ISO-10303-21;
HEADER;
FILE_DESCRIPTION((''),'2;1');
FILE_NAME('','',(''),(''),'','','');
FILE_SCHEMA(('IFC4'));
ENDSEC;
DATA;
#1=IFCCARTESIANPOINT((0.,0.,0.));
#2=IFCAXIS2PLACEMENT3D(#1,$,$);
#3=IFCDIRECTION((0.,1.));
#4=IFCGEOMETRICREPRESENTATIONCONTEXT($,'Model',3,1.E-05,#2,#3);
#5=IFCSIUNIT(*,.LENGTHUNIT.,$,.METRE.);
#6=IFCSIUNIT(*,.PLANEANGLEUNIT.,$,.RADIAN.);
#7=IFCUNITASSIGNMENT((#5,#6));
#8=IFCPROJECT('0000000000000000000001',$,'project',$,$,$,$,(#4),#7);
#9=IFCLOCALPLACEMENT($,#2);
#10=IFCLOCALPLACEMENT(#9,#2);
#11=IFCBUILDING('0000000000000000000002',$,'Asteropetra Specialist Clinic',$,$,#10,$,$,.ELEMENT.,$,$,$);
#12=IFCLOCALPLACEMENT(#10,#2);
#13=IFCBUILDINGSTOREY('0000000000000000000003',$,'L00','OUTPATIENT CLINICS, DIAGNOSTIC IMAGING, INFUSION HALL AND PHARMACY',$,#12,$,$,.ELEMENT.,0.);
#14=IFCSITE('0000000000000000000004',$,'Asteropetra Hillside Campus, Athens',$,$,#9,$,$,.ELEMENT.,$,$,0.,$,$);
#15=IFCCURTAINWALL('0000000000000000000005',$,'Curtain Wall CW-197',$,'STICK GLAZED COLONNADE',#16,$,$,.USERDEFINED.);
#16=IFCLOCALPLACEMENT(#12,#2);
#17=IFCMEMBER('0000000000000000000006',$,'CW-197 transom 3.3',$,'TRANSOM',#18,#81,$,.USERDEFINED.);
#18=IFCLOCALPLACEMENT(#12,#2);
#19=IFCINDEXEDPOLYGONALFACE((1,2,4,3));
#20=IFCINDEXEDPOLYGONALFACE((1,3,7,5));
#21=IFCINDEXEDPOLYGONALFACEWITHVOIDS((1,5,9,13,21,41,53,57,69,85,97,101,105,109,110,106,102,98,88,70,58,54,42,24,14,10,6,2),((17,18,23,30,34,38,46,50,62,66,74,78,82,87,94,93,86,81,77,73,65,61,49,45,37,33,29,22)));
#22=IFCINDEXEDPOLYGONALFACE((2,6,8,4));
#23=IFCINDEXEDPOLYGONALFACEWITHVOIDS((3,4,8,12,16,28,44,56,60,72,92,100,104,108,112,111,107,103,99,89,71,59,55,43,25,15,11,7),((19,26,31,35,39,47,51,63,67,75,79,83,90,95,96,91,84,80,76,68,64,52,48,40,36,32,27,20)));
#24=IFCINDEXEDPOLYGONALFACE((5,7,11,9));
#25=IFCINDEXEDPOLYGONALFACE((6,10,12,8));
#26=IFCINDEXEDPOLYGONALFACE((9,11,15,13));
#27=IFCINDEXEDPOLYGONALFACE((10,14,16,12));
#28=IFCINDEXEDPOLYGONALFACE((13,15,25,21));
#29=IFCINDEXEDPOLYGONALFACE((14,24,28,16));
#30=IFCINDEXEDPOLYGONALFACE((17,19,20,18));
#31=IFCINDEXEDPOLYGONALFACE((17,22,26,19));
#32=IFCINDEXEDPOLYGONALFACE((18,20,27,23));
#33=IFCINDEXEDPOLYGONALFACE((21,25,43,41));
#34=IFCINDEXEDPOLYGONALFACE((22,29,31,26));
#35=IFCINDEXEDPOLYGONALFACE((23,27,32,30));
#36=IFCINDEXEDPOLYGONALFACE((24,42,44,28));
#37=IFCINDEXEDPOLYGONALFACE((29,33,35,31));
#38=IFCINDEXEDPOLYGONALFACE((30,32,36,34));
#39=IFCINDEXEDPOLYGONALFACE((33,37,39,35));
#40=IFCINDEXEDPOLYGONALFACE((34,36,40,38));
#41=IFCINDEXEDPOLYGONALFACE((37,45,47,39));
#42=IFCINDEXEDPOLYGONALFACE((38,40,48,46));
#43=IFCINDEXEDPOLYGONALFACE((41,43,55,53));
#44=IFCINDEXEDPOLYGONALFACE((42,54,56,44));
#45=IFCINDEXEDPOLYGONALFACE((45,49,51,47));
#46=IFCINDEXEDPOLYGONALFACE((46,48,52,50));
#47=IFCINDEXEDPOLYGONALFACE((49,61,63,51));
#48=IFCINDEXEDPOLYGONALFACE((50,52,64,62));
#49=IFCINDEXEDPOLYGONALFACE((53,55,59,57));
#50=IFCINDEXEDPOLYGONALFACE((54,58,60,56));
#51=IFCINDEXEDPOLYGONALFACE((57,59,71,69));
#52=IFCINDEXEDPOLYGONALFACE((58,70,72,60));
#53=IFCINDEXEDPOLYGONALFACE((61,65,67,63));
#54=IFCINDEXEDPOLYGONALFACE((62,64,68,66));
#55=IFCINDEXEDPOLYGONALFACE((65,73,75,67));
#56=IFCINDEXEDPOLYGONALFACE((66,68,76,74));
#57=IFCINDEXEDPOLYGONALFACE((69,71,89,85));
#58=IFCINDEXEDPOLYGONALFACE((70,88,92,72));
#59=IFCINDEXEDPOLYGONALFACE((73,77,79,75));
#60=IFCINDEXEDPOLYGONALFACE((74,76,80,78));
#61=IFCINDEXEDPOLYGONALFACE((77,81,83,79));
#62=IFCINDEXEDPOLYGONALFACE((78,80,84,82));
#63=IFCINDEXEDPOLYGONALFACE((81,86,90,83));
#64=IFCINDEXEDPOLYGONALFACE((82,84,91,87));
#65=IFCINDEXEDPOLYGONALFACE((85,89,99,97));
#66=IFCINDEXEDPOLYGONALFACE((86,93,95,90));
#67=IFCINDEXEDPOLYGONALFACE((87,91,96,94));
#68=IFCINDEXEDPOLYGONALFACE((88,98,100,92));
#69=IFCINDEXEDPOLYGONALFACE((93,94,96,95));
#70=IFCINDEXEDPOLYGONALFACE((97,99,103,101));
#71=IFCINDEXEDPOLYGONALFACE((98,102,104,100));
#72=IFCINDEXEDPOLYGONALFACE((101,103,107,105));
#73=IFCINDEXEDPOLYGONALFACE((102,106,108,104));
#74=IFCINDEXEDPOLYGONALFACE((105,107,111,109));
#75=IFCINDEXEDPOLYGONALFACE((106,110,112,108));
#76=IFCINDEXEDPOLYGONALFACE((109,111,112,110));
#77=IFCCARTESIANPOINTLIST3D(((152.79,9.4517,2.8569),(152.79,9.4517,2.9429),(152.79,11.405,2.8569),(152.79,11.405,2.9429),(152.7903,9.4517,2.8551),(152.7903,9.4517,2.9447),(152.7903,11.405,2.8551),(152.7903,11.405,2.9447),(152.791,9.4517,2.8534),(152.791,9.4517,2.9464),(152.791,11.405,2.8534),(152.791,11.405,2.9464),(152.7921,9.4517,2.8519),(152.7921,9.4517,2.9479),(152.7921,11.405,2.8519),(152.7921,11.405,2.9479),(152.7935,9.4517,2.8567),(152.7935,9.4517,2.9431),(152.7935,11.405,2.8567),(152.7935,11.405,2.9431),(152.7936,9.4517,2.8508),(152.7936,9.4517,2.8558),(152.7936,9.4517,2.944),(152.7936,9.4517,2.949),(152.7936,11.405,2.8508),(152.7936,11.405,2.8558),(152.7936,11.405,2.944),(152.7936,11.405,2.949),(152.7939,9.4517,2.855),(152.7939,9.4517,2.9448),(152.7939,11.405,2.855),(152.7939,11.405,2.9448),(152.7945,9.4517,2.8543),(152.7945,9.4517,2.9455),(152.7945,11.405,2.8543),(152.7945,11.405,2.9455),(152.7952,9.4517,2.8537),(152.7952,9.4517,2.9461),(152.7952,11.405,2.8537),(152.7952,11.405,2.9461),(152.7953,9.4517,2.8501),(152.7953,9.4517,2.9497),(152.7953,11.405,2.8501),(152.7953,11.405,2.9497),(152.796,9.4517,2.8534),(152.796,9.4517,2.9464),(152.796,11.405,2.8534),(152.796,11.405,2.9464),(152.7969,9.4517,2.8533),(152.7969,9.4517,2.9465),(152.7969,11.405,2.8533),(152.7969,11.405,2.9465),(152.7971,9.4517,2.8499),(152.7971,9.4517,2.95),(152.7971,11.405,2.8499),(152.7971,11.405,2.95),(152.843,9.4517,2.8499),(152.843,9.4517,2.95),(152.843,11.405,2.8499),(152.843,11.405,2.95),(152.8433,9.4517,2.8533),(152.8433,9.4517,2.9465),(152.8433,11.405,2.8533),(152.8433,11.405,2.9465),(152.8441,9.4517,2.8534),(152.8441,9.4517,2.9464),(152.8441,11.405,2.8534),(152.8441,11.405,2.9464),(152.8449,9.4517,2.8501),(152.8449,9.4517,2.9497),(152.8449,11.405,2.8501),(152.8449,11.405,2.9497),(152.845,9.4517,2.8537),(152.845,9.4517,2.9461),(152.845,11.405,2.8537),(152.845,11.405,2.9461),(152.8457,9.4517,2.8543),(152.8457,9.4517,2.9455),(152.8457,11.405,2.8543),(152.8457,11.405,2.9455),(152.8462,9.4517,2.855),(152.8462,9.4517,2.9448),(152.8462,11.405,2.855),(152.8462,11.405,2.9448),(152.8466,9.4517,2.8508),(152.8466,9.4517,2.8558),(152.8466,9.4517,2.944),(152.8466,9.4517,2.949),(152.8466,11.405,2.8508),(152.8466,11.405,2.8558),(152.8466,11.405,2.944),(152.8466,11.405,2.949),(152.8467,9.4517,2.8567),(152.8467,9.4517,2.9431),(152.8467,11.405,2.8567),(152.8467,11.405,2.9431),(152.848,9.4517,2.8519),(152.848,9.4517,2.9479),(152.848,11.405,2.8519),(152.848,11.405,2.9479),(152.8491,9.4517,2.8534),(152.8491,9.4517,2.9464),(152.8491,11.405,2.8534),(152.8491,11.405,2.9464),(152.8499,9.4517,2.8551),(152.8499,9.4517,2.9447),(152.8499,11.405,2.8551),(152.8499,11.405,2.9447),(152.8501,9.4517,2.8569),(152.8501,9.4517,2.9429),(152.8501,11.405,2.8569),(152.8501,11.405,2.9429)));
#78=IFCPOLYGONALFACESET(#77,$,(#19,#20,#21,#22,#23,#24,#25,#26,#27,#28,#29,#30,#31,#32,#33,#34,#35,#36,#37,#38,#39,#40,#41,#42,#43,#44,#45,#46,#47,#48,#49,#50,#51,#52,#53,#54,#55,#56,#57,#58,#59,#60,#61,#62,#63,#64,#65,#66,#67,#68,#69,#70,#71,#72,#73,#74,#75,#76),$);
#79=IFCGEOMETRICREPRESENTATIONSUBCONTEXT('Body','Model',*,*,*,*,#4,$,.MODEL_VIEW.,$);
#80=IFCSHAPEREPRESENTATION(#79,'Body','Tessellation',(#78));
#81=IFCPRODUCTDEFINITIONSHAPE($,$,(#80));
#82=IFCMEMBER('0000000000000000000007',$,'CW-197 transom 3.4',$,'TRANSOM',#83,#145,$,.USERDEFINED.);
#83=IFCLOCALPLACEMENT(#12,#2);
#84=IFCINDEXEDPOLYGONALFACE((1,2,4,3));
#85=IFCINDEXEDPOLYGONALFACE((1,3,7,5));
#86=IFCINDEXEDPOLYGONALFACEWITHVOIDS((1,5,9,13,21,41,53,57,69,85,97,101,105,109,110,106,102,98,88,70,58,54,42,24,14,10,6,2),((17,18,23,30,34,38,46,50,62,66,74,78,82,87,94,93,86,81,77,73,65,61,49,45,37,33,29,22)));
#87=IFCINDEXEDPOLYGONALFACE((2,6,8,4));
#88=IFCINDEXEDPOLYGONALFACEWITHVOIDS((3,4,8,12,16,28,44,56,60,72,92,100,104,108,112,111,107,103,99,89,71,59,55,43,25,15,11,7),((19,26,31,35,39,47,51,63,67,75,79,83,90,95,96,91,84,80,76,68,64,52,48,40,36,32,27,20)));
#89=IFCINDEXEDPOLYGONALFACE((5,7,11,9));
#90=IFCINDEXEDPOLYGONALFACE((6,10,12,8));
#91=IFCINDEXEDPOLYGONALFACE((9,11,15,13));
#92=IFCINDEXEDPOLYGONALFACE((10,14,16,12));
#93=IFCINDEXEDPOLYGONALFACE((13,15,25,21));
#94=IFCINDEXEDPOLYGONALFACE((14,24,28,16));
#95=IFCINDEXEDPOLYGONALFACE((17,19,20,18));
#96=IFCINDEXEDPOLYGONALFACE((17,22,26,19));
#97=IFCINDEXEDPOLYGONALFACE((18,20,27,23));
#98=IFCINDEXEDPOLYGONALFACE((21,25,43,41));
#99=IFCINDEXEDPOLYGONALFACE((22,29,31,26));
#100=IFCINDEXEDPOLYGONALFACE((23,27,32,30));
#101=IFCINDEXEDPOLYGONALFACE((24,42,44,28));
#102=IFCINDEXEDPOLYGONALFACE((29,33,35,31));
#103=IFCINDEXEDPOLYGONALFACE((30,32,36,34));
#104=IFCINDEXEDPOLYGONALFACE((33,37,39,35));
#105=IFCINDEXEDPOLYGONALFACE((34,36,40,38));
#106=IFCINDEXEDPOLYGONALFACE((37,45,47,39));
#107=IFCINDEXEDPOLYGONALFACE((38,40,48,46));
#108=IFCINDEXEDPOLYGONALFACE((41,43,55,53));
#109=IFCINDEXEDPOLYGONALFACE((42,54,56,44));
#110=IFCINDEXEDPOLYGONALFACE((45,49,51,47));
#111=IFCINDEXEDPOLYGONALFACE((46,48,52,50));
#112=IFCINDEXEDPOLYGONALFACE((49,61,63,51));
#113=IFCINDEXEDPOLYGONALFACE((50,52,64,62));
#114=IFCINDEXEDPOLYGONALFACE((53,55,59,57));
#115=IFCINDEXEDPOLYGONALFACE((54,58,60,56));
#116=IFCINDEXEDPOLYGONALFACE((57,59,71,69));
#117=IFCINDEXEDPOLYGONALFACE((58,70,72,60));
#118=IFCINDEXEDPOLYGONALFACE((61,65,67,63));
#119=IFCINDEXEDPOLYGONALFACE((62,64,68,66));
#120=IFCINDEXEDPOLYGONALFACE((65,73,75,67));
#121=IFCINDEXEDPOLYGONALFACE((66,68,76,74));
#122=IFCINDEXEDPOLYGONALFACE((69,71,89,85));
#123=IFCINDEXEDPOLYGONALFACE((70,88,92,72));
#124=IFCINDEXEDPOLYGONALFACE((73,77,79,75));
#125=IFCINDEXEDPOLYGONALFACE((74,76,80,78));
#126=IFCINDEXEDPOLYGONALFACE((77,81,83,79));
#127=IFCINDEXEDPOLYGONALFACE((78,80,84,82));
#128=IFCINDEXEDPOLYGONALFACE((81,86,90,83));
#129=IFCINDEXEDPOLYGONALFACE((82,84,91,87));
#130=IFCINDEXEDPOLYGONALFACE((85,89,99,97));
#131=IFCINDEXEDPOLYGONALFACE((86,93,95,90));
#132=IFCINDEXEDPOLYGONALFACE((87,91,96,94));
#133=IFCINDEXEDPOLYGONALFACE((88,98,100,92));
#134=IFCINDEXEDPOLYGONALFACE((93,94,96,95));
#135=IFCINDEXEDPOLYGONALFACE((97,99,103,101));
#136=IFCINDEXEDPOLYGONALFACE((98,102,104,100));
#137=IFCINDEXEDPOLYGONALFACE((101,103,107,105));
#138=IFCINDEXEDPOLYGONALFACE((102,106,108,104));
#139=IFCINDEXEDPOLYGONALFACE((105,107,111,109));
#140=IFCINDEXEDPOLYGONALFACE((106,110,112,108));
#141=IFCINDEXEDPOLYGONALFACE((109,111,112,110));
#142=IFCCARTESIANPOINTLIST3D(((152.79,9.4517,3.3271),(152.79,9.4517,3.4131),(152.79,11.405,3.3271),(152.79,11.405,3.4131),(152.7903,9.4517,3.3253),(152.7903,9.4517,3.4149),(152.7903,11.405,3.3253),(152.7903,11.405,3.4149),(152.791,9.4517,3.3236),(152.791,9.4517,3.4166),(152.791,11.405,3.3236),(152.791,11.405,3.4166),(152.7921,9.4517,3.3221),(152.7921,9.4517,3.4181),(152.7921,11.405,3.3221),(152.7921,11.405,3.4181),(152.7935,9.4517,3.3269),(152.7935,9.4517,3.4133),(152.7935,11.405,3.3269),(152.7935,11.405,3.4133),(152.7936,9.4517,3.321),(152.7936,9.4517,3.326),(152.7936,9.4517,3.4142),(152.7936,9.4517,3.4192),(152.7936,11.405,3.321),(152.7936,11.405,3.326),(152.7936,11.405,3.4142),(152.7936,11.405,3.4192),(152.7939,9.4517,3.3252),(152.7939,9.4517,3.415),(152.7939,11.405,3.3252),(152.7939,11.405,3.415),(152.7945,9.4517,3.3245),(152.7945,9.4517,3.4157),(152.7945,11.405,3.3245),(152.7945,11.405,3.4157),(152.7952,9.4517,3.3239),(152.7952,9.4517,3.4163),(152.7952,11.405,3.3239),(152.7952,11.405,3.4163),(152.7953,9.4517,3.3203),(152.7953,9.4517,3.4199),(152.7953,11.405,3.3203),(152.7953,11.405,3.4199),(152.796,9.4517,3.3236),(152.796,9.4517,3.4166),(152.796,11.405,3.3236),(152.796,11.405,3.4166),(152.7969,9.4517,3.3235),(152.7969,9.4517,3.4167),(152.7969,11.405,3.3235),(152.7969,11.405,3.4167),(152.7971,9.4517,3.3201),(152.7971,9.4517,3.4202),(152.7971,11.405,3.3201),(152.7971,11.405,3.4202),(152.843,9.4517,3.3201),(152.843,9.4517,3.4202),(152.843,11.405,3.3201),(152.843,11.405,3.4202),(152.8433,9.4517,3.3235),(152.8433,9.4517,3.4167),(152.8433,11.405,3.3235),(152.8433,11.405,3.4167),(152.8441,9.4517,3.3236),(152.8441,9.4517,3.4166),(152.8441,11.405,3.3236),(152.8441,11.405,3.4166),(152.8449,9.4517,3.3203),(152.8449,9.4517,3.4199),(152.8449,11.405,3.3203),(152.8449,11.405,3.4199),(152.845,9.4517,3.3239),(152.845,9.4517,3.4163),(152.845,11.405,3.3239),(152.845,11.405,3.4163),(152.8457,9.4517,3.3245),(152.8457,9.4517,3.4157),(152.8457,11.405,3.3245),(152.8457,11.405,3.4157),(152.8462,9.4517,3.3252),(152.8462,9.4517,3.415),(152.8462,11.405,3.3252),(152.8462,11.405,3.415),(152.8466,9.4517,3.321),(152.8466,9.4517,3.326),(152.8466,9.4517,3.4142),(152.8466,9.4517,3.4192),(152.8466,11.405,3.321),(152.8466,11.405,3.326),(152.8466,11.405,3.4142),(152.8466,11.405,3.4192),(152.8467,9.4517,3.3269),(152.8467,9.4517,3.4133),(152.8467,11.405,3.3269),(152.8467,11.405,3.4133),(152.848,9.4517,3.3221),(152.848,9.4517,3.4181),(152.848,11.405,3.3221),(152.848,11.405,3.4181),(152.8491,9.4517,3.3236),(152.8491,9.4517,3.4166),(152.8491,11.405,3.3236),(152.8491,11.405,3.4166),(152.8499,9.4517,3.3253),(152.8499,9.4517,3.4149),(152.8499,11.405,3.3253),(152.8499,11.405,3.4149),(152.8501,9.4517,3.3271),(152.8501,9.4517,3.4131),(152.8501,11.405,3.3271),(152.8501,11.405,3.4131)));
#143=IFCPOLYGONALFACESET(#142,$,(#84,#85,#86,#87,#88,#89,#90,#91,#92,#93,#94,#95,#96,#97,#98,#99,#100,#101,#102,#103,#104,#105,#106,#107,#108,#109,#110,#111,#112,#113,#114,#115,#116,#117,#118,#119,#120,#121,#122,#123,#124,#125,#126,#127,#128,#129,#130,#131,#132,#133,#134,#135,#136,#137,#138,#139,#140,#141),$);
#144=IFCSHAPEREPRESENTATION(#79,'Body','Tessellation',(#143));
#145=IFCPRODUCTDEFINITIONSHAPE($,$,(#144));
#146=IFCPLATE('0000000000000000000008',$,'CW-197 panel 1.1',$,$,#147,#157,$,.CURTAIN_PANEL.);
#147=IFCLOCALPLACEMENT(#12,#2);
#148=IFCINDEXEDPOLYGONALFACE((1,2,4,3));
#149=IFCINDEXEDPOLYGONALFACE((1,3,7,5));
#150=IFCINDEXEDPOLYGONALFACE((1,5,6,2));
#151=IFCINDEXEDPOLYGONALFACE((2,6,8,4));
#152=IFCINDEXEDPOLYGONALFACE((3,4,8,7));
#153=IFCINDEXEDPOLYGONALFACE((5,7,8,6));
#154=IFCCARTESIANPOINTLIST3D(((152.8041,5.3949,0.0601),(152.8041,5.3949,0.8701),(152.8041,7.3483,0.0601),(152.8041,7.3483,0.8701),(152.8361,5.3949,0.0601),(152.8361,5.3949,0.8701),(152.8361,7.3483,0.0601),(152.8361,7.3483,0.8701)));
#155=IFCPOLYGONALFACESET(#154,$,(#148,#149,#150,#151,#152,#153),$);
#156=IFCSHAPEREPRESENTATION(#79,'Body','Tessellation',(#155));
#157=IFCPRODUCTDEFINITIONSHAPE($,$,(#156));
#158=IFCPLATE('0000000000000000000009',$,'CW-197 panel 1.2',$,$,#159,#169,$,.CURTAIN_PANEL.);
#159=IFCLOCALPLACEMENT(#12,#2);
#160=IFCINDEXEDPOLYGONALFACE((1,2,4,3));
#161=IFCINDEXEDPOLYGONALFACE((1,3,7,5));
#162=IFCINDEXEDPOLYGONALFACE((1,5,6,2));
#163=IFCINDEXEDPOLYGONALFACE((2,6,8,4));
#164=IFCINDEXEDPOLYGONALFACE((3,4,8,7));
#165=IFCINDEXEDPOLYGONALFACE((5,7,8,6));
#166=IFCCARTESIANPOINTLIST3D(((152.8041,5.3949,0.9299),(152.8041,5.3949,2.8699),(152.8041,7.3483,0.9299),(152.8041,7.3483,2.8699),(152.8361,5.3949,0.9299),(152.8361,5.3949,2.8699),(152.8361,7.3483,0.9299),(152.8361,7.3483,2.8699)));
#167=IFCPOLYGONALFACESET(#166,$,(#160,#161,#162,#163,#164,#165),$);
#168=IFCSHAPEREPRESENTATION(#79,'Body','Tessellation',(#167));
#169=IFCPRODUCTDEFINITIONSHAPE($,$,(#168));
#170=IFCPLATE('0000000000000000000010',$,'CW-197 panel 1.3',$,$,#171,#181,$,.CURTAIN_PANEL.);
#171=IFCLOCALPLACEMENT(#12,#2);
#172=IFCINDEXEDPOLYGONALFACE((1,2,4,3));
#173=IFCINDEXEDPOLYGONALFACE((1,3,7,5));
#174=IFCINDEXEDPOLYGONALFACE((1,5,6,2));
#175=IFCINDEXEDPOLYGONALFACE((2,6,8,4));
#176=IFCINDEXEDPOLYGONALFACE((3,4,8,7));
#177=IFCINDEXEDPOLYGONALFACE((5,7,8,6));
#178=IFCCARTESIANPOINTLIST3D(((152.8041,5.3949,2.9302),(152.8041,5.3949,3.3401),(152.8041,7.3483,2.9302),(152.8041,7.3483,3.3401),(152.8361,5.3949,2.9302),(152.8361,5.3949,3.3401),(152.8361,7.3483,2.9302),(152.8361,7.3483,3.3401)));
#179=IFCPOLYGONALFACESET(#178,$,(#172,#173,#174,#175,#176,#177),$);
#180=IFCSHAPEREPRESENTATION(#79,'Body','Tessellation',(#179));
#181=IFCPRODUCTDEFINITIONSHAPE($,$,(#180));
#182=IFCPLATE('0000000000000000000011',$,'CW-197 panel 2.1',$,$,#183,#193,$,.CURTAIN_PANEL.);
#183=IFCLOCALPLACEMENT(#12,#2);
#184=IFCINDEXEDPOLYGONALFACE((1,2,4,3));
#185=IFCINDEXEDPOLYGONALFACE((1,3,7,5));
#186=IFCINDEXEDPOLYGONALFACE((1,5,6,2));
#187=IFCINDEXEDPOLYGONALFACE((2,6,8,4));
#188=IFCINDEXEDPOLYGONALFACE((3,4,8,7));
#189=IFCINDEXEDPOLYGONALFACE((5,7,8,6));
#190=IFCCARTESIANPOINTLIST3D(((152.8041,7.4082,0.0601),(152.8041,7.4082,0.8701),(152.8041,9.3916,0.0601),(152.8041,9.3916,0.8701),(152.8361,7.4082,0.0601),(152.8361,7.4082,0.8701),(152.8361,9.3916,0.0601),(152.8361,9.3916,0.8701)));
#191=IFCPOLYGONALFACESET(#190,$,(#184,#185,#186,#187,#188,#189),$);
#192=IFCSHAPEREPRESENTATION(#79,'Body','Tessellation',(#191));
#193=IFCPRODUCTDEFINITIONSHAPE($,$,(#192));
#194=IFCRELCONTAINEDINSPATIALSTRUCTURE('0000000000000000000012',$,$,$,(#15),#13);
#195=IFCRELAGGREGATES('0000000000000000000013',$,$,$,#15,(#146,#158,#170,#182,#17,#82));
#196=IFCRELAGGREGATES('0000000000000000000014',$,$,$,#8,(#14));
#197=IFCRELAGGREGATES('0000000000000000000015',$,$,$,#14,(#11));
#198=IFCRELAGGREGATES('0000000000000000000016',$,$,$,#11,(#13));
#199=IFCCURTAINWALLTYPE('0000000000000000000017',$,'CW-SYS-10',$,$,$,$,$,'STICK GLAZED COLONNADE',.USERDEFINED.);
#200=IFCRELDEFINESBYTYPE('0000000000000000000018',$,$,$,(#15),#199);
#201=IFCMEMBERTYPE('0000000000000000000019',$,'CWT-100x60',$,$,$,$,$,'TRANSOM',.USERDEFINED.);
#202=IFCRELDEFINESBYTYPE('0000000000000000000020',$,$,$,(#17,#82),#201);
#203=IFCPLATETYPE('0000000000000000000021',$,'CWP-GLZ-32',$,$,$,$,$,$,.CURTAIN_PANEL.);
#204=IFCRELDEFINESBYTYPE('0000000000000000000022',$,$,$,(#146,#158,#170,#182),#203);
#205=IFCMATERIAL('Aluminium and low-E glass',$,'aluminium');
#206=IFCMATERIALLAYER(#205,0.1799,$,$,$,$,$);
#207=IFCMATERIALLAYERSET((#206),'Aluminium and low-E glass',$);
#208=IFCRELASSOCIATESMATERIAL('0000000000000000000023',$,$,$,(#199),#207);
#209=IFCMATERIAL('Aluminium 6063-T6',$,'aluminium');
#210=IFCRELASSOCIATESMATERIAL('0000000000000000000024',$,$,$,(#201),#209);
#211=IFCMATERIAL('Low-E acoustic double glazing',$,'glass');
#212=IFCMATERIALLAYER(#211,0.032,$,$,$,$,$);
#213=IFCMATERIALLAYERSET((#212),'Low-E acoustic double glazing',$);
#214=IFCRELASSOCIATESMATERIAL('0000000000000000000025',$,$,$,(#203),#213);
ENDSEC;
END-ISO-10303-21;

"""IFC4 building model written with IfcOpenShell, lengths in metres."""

from ifc_helpers import new_model, si_unit, direction, frame, origin, origin_2d, place, context, subcontext, project, spatial, rectangle, hollow_rectangle, extrude, material, layer, layer_set, material_profile, profile_set, type_object, element, aggregate, save


model = new_model("IFC4")

# Units and contexts
model_context = context("Model", 3, precision=1e-05, world=origin(), true_north=direction((0.0, 1.0)))
body_context = subcontext(model_context, "Body", "Model", "MODEL_VIEW")
ifc_project = project(units=[si_unit("LENGTHUNIT", "METRE"), si_unit("PLANEANGLEUNIT", "RADIAN")], contexts=[model_context])

# Site, building, storey
site_placement = place(None, origin())
site = spatial("IfcSite", under=ifc_project, at=site_placement, Name="Asteropetra Hillside Campus, Athens", CompositionType="ELEMENT", RefElevation=0.0)
building_placement = place(site_placement, origin())
building = spatial("IfcBuilding", under=site, at=building_placement, Name="Asteropetra Specialist Clinic", CompositionType="ELEMENT")
storey_placement = place(building_placement, origin())
storey = spatial("IfcBuildingStorey", under=building, at=storey_placement, Name="L00", Description="OUTPATIENT CLINICS, DIAGNOSTIC IMAGING, INFUSION HALL AND PHARMACY", CompositionType="ELEMENT", Elevation=0.0)

# Curtain wall, members, plates
ifc_material_1 = material(Name="Aluminium and low-E glass", Category="aluminium")
ifc_layer_1 = layer(ifc_material_1, 0.1799)
ifc_layer_set_1 = layer_set([ifc_layer_1], Name="Aluminium and low-E glass")
curtain_wall_type = type_object("IfcCurtainWallType", Name="CW-SYS-10", ElementType="STICK GLAZED COLONNADE", PredefinedType="USERDEFINED", material=ifc_layer_set_1)
curtain_wall_placement = place(storey_placement, origin())
curtain_wall = element("IfcCurtainWall", 1, at=curtain_wall_placement, inside=storey, type_object=curtain_wall_type, Name="Curtain Wall CW-197", ObjectType="STICK GLAZED COLONNADE", PredefinedType="USERDEFINED")
ifc_material_2 = material(Name="Aluminium 6063-T6", Category="aluminium")
ifc_material_profile_1 = material_profile(ifc_material_2, hollow_rectangle(XDim=0.0601, YDim=0.1001, WallThickness=0.0034, InnerFilletRadius=0.0034, OuterFilletRadius=0.0071, at=origin_2d()), Name="TRN 100x60x3.5")
ifc_profile_set_1 = profile_set([ifc_material_profile_1], Name="Aluminium 6063-T6")
member_type_1 = type_object("IfcMemberType", Name="CWT-100x60", ElementType="TRANSOM", PredefinedType="USERDEFINED", material=ifc_profile_set_1)
member_1_placement = place(storey_placement, frame((152.8201, 9.4517, 2.8999), z_axis=(0.0, 1.0, 0.0), x_axis=(-1.0, 0.0, 0.0)))
member_1 = element("IfcMember", 2, at=member_1_placement, type_object=member_type_1, Name="CW-197 transom 3.3", ObjectType="TRANSOM", PredefinedType="USERDEFINED", context=body_context, shape_type="SweptSolid", body=[
    extrude(hollow_rectangle(XDim=0.0601, YDim=0.1001, WallThickness=0.0034, InnerFilletRadius=0.0034, OuterFilletRadius=0.0071, at=origin_2d()), origin(), (0.0, 0.0, 1.0), 1.9534),
])
member_2_placement = place(storey_placement, frame((152.8201, 9.4517, 3.3701), z_axis=(0.0, 1.0, 0.0), x_axis=(-1.0, 0.0, 0.0)))
member_2 = element("IfcMember", 3, at=member_2_placement, type_object=member_type_1, Name="CW-197 transom 3.4", ObjectType="TRANSOM", PredefinedType="USERDEFINED", context=body_context, shape_type="SweptSolid", body=[
    extrude(hollow_rectangle(XDim=0.0601, YDim=0.1001, WallThickness=0.0034, InnerFilletRadius=0.0034, OuterFilletRadius=0.0071, at=origin_2d()), origin(), (0.0, 0.0, 1.0), 1.9534),
])
ifc_material_3 = material(Name="Low-E acoustic double glazing", Category="glass")
ifc_layer_2 = layer(ifc_material_3, 0.032)
ifc_layer_set_2 = layer_set([ifc_layer_2], Name="Low-E acoustic double glazing")
plate_type = type_object("IfcPlateType", Name="CWP-GLZ-32", PredefinedType="CURTAIN_PANEL", material=ifc_layer_set_2)
plate_1_placement = place(storey_placement, frame((152.8201, 6.3716, 0.0601), z_axis=(0.0, 0.0, 1.0), x_axis=(0.0, 1.0, 0.0)))
plate_1 = element("IfcPlate", 4, at=plate_1_placement, type_object=plate_type, Name="CW-197 panel 1.1", PredefinedType="CURTAIN_PANEL", context=body_context, shape_type="SweptSolid", body=[
    extrude(rectangle(XDim=1.9534, YDim=0.032, at=origin_2d()), origin(), (0.0, 0.0, 1.0), 0.8101),
])
plate_2_placement = place(storey_placement, frame((152.8201, 6.3716, 0.9299), z_axis=(0.0, 0.0, 1.0), x_axis=(0.0, 1.0, 0.0)))
plate_2 = element("IfcPlate", 5, at=plate_2_placement, type_object=plate_type, Name="CW-197 panel 1.2", PredefinedType="CURTAIN_PANEL", context=body_context, shape_type="SweptSolid", body=[
    extrude(rectangle(XDim=1.9534, YDim=0.032, at=origin_2d()), origin(), (0.0, 0.0, 1.0), 1.9399),
])
plate_3_placement = place(storey_placement, frame((152.8201, 6.3716, 2.9302), z_axis=(0.0, 0.0, 1.0), x_axis=(0.0, 1.0, 0.0)))
plate_3 = element("IfcPlate", 6, at=plate_3_placement, type_object=plate_type, Name="CW-197 panel 1.3", PredefinedType="CURTAIN_PANEL", context=body_context, shape_type="SweptSolid", body=[
    extrude(rectangle(XDim=1.9534, YDim=0.032, at=origin_2d()), origin(), (0.0, 0.0, 1.0), 0.4099),
])
plate_4_placement = place(storey_placement, frame((152.8201, 8.3999, 0.0601), z_axis=(0.0, 0.0, 1.0), x_axis=(0.0, 1.0, 0.0)))
plate_4 = element("IfcPlate", 7, at=plate_4_placement, type_object=plate_type, Name="CW-197 panel 2.1", PredefinedType="CURTAIN_PANEL", context=body_context, shape_type="SweptSolid", body=[
    extrude(rectangle(XDim=1.9834, YDim=0.032, at=origin_2d()), origin(), (0.0, 0.0, 1.0), 0.8101),
])
aggregate(curtain_wall, [plate_1, plate_2, plate_3, plate_4, member_1, member_2])

save(model, "model.ifc")
